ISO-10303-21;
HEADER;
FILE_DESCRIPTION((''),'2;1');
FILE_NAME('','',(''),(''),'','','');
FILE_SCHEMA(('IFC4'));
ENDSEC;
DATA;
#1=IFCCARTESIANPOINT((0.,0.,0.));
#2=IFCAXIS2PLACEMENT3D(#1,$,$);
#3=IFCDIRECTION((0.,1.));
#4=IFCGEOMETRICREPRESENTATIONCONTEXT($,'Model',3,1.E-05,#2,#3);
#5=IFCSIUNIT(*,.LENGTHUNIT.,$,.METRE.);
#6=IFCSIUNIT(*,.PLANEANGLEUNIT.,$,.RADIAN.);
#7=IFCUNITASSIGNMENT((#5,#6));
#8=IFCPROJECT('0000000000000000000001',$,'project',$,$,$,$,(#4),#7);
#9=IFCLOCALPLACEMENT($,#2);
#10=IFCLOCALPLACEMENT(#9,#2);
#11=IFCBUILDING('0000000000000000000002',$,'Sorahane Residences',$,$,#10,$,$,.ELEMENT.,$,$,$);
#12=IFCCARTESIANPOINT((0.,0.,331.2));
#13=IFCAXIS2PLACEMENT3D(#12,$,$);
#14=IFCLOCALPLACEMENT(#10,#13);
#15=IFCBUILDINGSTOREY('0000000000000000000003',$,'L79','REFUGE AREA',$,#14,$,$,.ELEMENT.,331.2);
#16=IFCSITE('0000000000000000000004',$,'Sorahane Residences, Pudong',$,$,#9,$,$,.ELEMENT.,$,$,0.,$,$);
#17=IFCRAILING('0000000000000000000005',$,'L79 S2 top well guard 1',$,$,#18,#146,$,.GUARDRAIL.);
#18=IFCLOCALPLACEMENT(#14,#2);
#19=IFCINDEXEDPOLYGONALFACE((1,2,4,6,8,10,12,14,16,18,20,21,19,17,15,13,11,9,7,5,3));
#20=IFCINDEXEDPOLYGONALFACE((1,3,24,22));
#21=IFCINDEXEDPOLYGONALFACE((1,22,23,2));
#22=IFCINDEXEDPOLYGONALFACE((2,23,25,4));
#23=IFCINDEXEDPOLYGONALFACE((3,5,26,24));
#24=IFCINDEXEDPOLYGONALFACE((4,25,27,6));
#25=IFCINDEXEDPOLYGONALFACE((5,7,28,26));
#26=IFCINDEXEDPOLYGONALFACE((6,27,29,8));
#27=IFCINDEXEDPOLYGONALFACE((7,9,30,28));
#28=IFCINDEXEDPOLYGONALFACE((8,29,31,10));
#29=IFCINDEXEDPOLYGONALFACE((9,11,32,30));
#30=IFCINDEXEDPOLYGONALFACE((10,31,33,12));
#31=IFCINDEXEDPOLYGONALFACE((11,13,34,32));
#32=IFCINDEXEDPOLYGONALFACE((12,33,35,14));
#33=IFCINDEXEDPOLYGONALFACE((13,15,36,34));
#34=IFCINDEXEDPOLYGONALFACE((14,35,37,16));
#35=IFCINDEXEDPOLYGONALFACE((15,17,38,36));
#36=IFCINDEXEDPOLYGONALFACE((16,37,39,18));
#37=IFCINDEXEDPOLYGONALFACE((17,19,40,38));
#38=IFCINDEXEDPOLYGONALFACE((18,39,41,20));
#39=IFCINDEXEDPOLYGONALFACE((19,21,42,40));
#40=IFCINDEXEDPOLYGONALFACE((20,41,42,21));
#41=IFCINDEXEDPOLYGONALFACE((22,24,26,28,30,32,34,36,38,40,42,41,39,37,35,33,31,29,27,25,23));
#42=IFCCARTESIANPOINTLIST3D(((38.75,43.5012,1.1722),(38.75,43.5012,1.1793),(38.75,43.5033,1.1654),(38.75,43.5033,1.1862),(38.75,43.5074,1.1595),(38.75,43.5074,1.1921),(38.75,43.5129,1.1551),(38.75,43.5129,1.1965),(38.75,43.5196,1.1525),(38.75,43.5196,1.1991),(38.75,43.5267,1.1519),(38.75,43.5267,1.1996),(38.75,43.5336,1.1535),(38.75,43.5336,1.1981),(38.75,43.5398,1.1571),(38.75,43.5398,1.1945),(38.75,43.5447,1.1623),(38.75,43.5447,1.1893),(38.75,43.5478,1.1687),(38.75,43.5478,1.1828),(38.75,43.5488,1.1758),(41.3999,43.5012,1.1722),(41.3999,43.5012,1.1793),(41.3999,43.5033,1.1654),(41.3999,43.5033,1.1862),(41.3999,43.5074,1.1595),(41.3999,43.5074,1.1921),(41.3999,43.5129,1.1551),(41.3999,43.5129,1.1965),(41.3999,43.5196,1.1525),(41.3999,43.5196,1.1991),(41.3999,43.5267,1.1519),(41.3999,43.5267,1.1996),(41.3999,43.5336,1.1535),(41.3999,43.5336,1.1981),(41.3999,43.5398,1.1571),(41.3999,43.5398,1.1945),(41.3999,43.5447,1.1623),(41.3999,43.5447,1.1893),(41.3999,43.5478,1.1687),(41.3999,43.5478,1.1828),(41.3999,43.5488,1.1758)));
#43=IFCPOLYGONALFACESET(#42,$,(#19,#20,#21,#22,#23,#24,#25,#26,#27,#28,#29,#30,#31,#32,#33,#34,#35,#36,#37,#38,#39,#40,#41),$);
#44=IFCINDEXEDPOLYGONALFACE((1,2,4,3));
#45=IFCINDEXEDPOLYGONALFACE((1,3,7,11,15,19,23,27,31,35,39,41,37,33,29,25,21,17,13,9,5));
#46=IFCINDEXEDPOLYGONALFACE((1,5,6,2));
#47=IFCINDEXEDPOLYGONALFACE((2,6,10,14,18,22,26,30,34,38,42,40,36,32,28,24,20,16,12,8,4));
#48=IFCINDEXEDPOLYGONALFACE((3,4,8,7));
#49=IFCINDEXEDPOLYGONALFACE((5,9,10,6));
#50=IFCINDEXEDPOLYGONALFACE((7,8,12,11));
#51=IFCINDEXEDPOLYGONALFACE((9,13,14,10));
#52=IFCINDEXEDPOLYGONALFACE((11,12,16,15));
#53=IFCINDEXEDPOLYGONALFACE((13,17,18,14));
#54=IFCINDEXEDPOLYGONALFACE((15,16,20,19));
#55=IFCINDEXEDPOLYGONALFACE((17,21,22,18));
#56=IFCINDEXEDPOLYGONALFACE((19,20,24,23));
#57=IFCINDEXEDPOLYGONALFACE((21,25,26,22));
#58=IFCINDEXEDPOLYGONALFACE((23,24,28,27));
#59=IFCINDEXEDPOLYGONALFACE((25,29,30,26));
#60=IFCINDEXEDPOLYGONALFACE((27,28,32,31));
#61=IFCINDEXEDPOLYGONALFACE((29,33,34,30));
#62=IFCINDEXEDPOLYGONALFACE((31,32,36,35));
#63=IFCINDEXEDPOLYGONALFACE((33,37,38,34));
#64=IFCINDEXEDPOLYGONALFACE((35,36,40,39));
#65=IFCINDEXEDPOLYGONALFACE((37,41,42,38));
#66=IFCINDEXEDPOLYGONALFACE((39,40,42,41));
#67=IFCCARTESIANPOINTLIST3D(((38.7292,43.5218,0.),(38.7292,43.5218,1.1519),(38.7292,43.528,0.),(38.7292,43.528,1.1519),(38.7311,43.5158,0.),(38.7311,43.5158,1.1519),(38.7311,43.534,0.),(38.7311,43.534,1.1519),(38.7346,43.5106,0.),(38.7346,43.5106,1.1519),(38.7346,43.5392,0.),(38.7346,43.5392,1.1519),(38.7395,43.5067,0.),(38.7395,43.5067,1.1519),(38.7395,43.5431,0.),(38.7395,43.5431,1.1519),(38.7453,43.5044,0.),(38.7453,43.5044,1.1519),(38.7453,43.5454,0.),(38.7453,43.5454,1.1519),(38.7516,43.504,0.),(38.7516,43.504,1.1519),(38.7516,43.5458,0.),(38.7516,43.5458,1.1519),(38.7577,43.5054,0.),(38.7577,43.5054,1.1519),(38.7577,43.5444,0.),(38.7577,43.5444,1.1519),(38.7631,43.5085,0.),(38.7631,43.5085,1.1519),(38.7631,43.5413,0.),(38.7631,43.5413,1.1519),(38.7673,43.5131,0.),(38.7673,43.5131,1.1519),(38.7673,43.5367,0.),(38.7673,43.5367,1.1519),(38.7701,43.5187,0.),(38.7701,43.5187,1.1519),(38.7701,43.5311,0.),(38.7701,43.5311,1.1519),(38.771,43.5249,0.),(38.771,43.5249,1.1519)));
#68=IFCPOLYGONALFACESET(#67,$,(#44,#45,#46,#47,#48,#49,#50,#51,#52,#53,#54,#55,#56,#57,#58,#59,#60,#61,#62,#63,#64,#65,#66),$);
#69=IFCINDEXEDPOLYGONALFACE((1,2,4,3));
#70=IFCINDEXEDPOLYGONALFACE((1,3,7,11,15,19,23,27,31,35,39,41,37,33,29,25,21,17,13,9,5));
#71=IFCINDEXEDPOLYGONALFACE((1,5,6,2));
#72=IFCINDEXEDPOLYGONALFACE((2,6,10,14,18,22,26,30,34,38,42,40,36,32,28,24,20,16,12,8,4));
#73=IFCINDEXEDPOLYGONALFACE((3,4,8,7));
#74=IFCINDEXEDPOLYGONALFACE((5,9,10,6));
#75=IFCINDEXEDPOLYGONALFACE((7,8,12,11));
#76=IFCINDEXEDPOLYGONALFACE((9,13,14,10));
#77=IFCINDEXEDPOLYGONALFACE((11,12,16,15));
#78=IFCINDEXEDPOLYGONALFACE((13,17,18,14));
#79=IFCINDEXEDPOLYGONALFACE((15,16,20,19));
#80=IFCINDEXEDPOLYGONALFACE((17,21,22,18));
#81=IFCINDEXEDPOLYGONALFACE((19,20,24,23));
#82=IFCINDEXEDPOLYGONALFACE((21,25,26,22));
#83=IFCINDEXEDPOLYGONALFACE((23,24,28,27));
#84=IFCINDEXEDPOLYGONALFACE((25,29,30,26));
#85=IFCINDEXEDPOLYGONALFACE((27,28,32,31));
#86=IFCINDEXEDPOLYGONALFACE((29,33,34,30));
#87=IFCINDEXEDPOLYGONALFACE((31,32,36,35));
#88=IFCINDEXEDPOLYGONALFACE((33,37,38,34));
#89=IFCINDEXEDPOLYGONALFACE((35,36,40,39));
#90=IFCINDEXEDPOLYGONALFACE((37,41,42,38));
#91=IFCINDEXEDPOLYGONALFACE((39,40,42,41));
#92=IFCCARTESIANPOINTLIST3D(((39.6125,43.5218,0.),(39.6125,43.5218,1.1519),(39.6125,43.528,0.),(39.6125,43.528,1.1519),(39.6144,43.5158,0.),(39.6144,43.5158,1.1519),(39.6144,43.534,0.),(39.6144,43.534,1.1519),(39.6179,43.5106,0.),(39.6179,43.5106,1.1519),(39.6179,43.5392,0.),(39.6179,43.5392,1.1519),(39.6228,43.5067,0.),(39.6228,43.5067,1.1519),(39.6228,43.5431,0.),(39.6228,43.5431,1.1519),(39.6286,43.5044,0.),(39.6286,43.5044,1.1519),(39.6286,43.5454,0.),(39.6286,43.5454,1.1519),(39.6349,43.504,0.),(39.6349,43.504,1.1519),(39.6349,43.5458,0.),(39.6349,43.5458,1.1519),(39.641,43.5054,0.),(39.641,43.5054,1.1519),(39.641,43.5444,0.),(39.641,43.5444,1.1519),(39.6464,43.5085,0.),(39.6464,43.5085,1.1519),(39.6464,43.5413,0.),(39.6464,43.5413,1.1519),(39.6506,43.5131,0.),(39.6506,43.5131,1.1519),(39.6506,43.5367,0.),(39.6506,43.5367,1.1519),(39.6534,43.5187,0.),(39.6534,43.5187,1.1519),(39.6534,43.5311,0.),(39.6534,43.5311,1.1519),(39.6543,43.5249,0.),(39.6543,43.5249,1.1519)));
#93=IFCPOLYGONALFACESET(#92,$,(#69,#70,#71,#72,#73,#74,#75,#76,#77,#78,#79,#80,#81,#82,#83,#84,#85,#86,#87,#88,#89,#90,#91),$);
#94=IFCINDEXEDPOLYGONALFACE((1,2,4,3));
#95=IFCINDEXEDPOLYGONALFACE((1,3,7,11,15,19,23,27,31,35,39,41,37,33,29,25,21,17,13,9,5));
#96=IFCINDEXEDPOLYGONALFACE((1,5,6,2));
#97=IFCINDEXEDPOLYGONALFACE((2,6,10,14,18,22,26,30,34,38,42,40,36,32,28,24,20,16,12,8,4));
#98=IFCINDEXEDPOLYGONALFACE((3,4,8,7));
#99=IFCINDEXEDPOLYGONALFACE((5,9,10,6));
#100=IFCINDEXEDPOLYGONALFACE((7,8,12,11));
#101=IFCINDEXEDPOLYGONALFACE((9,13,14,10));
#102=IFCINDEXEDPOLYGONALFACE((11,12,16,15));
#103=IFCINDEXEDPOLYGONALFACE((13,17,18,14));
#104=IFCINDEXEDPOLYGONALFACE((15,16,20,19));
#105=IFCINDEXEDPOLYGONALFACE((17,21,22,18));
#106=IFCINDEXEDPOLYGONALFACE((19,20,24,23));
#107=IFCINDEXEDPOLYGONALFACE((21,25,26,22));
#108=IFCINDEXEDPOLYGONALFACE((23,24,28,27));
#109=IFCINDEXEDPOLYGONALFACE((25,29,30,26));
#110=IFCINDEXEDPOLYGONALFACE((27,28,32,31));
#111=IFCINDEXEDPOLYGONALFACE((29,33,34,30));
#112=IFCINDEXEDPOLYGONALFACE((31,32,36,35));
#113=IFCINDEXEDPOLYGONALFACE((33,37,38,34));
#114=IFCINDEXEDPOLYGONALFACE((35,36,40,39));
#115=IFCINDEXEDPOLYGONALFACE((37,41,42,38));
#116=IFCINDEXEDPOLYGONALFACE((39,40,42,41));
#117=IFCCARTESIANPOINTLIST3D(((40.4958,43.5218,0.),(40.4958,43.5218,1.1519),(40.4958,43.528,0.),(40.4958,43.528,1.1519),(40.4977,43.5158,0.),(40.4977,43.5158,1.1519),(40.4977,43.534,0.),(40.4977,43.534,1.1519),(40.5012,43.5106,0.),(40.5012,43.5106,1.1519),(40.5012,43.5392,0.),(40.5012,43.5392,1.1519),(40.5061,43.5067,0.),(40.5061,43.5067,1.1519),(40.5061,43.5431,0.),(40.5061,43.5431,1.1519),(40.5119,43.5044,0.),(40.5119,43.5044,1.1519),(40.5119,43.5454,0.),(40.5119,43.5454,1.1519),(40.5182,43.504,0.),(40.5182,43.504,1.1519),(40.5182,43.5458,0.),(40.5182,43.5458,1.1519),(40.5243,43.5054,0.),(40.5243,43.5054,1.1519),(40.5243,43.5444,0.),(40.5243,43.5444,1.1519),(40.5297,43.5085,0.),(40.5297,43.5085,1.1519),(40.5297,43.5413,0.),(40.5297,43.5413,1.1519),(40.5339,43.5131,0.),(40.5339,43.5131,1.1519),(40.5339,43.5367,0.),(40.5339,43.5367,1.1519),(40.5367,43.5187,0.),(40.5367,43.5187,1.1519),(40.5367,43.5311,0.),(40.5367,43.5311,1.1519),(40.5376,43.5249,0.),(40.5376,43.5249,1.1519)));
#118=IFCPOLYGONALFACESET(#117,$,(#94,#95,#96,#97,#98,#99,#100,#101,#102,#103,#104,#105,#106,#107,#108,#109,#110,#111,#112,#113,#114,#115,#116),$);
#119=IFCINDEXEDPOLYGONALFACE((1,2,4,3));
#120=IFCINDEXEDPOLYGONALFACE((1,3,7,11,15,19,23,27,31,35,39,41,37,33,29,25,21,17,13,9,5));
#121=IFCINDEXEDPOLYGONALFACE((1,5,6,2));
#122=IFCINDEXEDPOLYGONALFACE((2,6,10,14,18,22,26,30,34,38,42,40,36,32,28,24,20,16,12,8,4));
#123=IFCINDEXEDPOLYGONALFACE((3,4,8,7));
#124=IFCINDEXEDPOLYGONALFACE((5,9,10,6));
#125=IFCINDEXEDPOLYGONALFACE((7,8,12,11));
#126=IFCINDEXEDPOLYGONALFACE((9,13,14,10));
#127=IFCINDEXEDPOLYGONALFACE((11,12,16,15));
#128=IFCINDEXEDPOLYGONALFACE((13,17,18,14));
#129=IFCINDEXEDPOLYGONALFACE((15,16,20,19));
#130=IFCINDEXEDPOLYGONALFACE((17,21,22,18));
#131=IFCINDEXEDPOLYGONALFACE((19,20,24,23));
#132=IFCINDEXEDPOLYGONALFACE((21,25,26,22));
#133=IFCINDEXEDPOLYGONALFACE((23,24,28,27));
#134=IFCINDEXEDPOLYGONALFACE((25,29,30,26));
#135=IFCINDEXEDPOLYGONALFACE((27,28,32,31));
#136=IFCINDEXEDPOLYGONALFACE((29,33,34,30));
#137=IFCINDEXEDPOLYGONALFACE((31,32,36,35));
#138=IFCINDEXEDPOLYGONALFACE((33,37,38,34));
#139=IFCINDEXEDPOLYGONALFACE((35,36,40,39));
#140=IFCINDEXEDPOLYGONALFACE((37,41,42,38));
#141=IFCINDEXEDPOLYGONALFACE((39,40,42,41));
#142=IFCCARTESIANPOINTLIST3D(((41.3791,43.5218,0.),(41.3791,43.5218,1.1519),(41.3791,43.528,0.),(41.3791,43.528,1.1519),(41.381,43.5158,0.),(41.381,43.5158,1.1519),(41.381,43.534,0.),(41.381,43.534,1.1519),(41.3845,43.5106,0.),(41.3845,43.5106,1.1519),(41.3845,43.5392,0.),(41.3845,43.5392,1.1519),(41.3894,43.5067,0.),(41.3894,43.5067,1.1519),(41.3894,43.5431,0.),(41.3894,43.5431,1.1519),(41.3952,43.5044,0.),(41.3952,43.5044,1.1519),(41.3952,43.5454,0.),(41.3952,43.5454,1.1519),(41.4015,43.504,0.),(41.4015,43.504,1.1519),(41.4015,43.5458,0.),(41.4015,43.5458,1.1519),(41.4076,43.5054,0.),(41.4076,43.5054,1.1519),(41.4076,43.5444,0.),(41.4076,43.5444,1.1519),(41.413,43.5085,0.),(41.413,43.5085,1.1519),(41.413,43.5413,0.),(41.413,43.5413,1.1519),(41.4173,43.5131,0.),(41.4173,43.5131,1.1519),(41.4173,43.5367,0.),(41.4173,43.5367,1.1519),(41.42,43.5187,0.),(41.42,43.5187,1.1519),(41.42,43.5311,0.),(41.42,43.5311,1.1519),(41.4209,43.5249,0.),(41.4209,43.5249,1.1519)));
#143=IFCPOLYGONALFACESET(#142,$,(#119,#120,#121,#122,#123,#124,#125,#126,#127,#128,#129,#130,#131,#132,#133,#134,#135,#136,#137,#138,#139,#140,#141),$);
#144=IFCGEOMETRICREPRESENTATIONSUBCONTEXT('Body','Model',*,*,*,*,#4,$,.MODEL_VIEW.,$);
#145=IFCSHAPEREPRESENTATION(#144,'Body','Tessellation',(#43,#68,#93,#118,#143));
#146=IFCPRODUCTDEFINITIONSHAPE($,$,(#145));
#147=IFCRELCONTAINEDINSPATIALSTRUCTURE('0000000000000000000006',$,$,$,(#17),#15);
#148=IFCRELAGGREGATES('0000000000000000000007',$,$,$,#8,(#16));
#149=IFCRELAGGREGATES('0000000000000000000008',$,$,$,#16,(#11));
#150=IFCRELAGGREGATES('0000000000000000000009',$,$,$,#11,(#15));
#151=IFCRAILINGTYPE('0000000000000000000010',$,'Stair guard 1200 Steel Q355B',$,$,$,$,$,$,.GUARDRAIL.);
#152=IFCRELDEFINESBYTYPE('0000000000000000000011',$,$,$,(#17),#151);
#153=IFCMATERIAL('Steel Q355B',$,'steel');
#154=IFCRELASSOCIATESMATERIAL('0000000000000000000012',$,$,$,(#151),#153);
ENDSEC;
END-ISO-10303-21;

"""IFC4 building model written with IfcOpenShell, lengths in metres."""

from ifc_helpers import new_model, si_unit, direction, frame, origin, origin_2d, place, context, subcontext, project, spatial, circle, extrude, material, type_object, element, save


model = new_model("IFC4")

# Units and contexts
model_context = context("Model", 3, precision=1e-05, world=origin(), true_north=direction((0.0, 1.0)))
body_context = subcontext(model_context, "Body", "Model", "MODEL_VIEW")
ifc_project = project(units=[si_unit("LENGTHUNIT", "METRE"), si_unit("PLANEANGLEUNIT", "RADIAN")], contexts=[model_context])

# Site, building, storey
site_placement = place(None, origin())
site = spatial("IfcSite", under=ifc_project, at=site_placement, Name="Sorahane Residences, Pudong", CompositionType="ELEMENT", RefElevation=0.0)
building_placement = place(site_placement, origin())
building = spatial("IfcBuilding", under=site, at=building_placement, Name="Sorahane Residences", CompositionType="ELEMENT")
storey_placement = place(building_placement, frame((0.0, 0.0, 331.2)))
storey = spatial("IfcBuildingStorey", under=building, at=storey_placement, Name="L79", Description="REFUGE AREA", CompositionType="ELEMENT", Elevation=331.2)

# Railing
ifc_material_1 = material(Name="Steel Q355B", Category="steel")
railing_type = type_object("IfcRailingType", Name="Stair guard 1200 Steel Q355B", PredefinedType="GUARDRAIL", material=ifc_material_1)
for number, where, name in (
    (1, (38.75, 43.5249, 0.0), "L79 S2 top well guard 1"),
):
    element("IfcRailing", number, at=place(storey_placement, frame(where)), inside=storey, type_object=railing_type, Name=name, PredefinedType="GUARDRAIL", context=body_context, shape_type="SweptSolid", body=[
        extrude(circle(Radius=0.0239, at=origin_2d()), frame((0.0, 0.0, 1.1758), z_axis=(1.0, 0.0, 0.0), x_axis=(0.0, 1.0, 0.0)), (0.0, 0.0, 1.0), 2.6499),
        extrude(circle(Radius=0.021, at=origin_2d()), origin(), (0.0, 0.0, 1.0), 1.1519),
        extrude(circle(Radius=0.021, at=origin_2d()), frame((0.8833, 0.0, 0.0)), (0.0, 0.0, 1.0), 1.1519),
        extrude(circle(Radius=0.021, at=origin_2d()), frame((1.7666, 0.0, 0.0)), (0.0, 0.0, 1.0), 1.1519),
        extrude(circle(Radius=0.021, at=origin_2d()), frame((2.6499, 0.0, 0.0)), (0.0, 0.0, 1.0), 1.1519),
    ])

save(model, "model.ifc")
